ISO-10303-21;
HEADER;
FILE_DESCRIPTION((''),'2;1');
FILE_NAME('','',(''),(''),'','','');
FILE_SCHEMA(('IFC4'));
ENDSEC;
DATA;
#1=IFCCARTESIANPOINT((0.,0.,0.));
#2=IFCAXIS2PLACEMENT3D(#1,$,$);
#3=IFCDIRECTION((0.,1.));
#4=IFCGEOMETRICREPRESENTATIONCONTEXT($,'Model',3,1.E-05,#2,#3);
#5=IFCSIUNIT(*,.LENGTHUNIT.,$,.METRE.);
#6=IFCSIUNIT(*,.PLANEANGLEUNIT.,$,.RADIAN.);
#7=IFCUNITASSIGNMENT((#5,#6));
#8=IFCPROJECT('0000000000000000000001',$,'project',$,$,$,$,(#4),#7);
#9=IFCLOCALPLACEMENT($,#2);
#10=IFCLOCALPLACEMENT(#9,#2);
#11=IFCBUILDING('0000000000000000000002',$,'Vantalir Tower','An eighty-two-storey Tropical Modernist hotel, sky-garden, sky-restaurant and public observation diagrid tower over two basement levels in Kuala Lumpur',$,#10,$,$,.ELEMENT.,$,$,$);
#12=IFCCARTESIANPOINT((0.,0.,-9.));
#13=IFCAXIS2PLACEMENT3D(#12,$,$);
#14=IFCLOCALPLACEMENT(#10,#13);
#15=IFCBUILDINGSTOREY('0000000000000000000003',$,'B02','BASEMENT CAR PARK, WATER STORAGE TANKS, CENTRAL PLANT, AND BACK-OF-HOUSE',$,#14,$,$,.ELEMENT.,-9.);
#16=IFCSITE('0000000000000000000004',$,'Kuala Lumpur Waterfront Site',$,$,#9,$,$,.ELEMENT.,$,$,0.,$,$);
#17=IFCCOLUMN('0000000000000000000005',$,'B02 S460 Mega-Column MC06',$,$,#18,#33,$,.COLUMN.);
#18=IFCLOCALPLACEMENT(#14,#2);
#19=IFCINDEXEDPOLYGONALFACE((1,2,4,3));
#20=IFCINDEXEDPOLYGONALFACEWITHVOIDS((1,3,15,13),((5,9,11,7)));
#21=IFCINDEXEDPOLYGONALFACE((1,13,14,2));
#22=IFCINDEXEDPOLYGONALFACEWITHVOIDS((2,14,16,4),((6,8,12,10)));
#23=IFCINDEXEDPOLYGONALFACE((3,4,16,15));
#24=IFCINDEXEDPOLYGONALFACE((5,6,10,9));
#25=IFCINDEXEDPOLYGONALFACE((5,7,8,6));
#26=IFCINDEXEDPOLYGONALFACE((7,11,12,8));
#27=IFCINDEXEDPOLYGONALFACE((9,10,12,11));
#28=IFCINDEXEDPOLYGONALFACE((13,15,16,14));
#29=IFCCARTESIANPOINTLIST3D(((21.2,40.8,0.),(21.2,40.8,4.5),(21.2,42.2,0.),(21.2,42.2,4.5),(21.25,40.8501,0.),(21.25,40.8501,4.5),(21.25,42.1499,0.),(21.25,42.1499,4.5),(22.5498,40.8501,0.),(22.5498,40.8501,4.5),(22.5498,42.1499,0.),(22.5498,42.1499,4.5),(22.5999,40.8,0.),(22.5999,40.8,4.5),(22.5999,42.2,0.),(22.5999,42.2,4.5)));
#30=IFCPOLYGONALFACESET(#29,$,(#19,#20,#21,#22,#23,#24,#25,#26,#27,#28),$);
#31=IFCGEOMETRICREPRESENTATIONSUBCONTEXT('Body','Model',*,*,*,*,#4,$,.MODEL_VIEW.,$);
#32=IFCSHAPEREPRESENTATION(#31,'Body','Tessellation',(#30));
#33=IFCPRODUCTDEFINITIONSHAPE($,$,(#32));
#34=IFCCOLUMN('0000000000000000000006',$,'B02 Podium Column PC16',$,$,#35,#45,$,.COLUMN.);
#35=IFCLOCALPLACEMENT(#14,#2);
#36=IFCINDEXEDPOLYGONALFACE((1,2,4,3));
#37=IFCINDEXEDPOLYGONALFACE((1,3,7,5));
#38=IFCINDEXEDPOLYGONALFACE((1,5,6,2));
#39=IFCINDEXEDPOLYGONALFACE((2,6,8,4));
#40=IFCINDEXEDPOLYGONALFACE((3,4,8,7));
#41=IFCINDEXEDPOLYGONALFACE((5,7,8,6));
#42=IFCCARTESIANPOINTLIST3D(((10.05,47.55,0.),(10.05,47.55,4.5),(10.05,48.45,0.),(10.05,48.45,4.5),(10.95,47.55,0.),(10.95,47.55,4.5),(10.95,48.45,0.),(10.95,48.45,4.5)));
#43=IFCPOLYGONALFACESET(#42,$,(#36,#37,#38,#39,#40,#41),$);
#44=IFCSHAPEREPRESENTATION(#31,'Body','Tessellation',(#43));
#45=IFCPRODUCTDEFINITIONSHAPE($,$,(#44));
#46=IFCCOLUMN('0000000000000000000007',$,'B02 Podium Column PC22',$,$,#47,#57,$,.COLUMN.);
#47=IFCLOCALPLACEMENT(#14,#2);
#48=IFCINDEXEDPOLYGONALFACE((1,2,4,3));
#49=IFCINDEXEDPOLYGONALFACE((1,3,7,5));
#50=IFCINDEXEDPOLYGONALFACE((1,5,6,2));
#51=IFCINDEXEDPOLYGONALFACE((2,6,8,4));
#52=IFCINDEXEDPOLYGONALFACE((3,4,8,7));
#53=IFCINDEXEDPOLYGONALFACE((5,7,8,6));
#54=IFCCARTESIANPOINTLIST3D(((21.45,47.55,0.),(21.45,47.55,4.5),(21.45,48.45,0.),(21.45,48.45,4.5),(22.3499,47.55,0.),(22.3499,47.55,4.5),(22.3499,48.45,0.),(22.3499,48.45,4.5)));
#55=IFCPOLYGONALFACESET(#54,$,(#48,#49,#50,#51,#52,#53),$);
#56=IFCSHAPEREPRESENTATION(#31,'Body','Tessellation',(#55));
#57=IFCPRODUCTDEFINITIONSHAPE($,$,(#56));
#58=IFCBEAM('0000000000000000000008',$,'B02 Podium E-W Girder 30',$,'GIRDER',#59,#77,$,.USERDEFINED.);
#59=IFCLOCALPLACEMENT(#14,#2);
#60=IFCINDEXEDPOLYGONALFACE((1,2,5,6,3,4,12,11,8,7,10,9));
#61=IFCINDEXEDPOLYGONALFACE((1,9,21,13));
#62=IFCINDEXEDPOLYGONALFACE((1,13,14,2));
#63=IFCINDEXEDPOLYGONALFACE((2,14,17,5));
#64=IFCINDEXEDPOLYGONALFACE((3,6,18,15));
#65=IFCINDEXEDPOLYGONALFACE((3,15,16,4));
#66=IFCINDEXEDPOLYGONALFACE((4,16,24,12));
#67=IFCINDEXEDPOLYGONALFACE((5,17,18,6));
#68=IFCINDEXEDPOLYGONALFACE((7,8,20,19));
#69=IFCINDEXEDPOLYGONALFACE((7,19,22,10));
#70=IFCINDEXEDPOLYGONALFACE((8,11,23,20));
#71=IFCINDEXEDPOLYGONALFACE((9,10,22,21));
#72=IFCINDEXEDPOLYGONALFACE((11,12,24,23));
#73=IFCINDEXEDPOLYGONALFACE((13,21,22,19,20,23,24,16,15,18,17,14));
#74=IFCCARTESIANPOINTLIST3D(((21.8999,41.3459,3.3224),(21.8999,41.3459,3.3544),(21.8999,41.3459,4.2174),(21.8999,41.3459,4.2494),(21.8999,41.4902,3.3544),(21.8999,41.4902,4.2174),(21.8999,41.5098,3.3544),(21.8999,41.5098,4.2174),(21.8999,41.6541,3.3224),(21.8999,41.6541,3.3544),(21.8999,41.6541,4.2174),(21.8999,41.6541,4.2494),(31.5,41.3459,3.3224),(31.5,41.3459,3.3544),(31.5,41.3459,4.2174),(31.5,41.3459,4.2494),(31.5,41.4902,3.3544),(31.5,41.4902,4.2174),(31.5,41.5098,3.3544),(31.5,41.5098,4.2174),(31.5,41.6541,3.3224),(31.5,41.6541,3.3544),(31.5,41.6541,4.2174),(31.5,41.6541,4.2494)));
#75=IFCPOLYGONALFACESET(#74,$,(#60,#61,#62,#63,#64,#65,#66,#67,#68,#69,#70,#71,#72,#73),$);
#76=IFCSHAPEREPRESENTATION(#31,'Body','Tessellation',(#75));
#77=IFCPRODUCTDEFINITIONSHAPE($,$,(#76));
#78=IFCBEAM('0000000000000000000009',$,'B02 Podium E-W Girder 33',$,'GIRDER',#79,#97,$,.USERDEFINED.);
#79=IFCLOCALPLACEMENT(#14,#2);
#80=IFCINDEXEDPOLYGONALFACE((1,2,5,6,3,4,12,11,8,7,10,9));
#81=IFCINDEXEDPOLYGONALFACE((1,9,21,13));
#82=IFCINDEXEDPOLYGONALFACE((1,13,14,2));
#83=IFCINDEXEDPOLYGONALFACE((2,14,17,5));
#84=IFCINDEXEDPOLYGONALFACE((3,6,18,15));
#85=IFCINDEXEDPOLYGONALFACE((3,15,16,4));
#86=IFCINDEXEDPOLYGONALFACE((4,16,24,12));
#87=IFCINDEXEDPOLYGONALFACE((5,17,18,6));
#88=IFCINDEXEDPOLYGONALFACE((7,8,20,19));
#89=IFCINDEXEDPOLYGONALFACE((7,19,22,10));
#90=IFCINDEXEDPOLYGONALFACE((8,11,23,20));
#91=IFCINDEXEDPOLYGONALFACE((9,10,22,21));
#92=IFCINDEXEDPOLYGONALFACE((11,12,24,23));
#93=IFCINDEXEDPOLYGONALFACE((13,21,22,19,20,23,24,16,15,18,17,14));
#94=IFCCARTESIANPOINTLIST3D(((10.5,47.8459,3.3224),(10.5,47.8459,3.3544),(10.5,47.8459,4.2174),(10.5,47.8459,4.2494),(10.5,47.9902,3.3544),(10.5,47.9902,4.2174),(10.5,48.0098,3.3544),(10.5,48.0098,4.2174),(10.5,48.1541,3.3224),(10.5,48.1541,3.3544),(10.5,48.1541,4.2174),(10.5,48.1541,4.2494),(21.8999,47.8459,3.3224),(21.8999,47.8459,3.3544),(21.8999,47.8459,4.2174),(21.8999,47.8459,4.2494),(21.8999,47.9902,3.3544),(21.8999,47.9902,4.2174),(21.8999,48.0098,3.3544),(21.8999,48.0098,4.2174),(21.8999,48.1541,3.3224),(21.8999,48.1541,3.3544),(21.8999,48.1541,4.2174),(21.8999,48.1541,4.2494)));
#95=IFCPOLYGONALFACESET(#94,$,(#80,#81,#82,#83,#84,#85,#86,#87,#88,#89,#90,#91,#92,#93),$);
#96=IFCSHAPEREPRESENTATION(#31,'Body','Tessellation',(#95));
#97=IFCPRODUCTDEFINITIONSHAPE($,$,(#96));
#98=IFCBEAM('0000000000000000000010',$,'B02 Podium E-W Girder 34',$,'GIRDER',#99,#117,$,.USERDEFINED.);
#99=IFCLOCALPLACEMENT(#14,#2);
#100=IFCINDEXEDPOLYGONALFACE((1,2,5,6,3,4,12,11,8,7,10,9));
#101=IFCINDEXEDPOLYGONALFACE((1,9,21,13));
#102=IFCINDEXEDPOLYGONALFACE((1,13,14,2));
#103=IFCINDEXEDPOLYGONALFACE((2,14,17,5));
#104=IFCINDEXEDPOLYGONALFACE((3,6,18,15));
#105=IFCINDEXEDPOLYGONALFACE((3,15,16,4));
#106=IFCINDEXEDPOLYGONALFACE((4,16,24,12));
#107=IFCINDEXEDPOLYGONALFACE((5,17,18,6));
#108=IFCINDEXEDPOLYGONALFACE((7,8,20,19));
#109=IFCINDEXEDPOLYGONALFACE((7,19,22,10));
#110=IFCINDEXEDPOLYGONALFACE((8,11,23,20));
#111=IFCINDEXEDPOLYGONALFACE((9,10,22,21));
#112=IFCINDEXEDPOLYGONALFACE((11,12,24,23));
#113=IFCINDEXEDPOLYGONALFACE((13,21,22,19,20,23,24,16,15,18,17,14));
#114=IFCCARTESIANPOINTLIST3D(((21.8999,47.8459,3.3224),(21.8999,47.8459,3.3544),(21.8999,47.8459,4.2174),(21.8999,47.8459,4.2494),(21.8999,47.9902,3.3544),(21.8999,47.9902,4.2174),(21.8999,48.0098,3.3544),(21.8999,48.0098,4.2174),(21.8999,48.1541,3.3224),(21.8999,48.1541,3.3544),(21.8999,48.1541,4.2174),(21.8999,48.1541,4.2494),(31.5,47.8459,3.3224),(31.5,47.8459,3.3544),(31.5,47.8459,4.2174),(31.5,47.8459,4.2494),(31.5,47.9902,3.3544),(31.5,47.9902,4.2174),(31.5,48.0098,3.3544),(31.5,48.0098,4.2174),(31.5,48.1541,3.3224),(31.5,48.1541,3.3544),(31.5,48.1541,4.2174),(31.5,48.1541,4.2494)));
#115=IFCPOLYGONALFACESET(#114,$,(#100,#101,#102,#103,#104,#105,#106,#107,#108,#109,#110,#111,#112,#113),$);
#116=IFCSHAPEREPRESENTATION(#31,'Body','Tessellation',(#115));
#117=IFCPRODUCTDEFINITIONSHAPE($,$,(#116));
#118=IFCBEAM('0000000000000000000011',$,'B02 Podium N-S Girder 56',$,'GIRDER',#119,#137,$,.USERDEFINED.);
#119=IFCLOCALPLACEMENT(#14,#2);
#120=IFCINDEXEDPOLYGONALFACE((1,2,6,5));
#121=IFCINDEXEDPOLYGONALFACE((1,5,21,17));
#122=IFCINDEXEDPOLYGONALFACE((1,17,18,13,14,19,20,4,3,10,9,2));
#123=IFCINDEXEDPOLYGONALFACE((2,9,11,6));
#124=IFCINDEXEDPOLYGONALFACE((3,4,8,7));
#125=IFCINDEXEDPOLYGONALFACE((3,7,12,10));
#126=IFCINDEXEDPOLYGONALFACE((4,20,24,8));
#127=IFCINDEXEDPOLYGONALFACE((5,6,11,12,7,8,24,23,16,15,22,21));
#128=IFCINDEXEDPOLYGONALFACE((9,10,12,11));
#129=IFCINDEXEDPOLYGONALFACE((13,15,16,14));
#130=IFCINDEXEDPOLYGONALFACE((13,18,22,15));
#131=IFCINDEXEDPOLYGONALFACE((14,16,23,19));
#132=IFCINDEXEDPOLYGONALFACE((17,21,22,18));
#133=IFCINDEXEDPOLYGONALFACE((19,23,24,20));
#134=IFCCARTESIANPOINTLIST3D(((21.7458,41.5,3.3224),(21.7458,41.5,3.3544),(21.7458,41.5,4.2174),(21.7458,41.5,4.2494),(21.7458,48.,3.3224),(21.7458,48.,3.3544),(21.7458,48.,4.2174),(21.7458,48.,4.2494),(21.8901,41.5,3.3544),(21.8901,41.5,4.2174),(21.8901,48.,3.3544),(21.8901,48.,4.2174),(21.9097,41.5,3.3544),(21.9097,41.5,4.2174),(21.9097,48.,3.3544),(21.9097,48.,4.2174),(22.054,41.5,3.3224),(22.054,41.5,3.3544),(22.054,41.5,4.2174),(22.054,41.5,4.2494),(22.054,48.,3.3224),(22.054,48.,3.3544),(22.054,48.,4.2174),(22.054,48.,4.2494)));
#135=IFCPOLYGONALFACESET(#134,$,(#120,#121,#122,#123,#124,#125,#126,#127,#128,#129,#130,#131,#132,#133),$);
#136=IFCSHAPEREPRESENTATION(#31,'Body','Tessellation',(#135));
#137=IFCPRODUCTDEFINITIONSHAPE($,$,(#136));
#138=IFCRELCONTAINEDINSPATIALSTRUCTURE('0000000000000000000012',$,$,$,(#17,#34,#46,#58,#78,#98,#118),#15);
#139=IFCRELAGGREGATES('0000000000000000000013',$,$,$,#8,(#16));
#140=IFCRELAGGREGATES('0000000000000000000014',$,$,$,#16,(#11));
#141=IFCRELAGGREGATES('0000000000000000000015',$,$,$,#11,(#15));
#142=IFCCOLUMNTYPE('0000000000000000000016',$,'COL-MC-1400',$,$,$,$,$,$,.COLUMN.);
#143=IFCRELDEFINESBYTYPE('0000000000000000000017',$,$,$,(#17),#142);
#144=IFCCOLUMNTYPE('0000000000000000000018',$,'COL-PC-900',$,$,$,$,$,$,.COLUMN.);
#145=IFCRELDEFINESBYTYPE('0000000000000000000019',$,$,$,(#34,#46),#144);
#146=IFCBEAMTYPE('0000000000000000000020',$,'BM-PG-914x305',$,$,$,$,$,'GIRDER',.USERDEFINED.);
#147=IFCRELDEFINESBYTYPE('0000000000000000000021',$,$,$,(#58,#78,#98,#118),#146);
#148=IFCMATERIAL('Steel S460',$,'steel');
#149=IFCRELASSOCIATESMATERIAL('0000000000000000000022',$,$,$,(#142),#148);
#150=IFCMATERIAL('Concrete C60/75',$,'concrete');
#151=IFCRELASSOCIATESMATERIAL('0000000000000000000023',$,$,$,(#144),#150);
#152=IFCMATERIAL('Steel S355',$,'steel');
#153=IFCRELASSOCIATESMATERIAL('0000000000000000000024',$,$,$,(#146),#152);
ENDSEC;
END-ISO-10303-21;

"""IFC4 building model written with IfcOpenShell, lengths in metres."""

from ifc_helpers import new_model, si_unit, direction, frame, origin, origin_2d, place, context, subcontext, project, spatial, rectangle, hollow_rectangle, i_section, extrude, material, material_profile, profile_set, type_object, element, save


model = new_model("IFC4")

# Units and contexts
model_context = context("Model", 3, precision=1e-05, world=origin(), true_north=direction((0.0, 1.0)))
body_context = subcontext(model_context, "Body", "Model", "MODEL_VIEW")
ifc_project = project(units=[si_unit("LENGTHUNIT", "METRE"), si_unit("PLANEANGLEUNIT", "RADIAN")], contexts=[model_context])

# Site, building, storey
site_placement = place(None, origin())
site = spatial("IfcSite", under=ifc_project, at=site_placement, Name="Kuala Lumpur Waterfront Site", CompositionType="ELEMENT", RefElevation=0.0)
building_placement = place(site_placement, origin())
building = spatial("IfcBuilding", under=site, at=building_placement, Name="Vantalir Tower", Description="An eighty-two-storey Tropical Modernist hotel, sky-garden, sky-restaurant and public observation diagrid tower over two basement levels in Kuala Lumpur", CompositionType="ELEMENT")
storey_placement = place(building_placement, frame((0.0, 0.0, -9.0)))
storey = spatial("IfcBuildingStorey", under=building, at=storey_placement, Name="B02", Description="BASEMENT CAR PARK, WATER STORAGE TANKS, CENTRAL PLANT, AND BACK-OF-HOUSE", CompositionType="ELEMENT", Elevation=-9.0)

# Columns
ifc_material_1 = material(Name="Steel S460", Category="steel")
ifc_material_profile_1 = material_profile(ifc_material_1, hollow_rectangle(XDim=1.3999, YDim=1.3999, WallThickness=0.05, at=origin_2d()), Name="Steel S460")
ifc_profile_set_1 = profile_set([ifc_material_profile_1], Name="Steel S460")
column_type_1 = type_object("IfcColumnType", Name="COL-MC-1400", PredefinedType="COLUMN", material=ifc_profile_set_1)
column_placement = place(storey_placement, frame((21.8999, 41.5, 0.0), z_axis=(0.0, 0.0, 1.0), x_axis=(1.0, 0.0, 0.0)))
element("IfcColumn", 1, at=column_placement, inside=storey, type_object=column_type_1, Name="B02 S460 Mega-Column MC06", PredefinedType="COLUMN", context=body_context, shape_type="SweptSolid", body=[
    extrude(hollow_rectangle(XDim=1.3999, YDim=1.3999, WallThickness=0.05, at=origin_2d()), origin(), (0.0, 0.0, 1.0), 4.5),
])
ifc_material_2 = material(Name="Concrete C60/75", Category="concrete")
ifc_material_profile_2 = material_profile(ifc_material_2, rectangle(XDim=0.8999, YDim=0.8999, at=origin_2d()), Name="Concrete C60/75")
ifc_profile_set_2 = profile_set([ifc_material_profile_2], Name="Concrete C60/75")
column_type_2 = type_object("IfcColumnType", Name="COL-PC-900", PredefinedType="COLUMN", material=ifc_profile_set_2)
for number, where, z_axis, x_axis, name in (
    (2, (10.5, 48.0, 0.0), (0.0, 0.0, 1.0), (1.0, 0.0, 0.0), "B02 Podium Column PC16"),
    (3, (21.8999, 48.0, 0.0), (0.0, 0.0, 1.0), (1.0, 0.0, 0.0), "B02 Podium Column PC22"),
):
    element("IfcColumn", number, at=place(storey_placement, frame(where, z_axis=z_axis, x_axis=x_axis)), inside=storey, type_object=column_type_2, Name=name, PredefinedType="COLUMN", context=body_context, shape_type="SweptSolid", body=[
        extrude(rectangle(XDim=0.8999, YDim=0.8999, at=origin_2d()), origin(), (0.0, 0.0, 1.0), 4.5),
    ])

# Beams
ifc_material_3 = material(Name="Steel S355", Category="steel")
ifc_material_profile_3 = material_profile(ifc_material_3, i_section(OverallWidth=0.3081, OverallDepth=0.927, WebThickness=0.0195, FlangeThickness=0.032, at=origin_2d()), Name="Steel S355")
ifc_profile_set_3 = profile_set([ifc_material_profile_3], Name="Steel S355")
beam_type = type_object("IfcBeamType", Name="BM-PG-914x305", ElementType="GIRDER", PredefinedType="USERDEFINED", material=ifc_profile_set_3)
beam_1_placement = place(storey_placement, frame((21.8999, 41.5, 3.7859), z_axis=(1.0, 0.0, 0.0), x_axis=(0.0, 1.0, 0.0)))
element("IfcBeam", 4, at=beam_1_placement, inside=storey, type_object=beam_type, Name="B02 Podium E-W Girder 30", ObjectType="GIRDER", PredefinedType="USERDEFINED", context=body_context, shape_type="SweptSolid", body=[
    extrude(i_section(OverallWidth=0.3081, OverallDepth=0.927, WebThickness=0.0195, FlangeThickness=0.032, at=origin_2d()), origin(), (0.0, 0.0, 1.0), 9.6001),
])
beam_2_placement = place(storey_placement, frame((10.5, 48.0, 3.7859), z_axis=(1.0, 0.0, 0.0), x_axis=(0.0, 1.0, 0.0)))
element("IfcBeam", 5, at=beam_2_placement, inside=storey, type_object=beam_type, Name="B02 Podium E-W Girder 33", ObjectType="GIRDER", PredefinedType="USERDEFINED", context=body_context, shape_type="SweptSolid", body=[
    extrude(i_section(OverallWidth=0.3081, OverallDepth=0.927, WebThickness=0.0195, FlangeThickness=0.032, at=origin_2d()), origin(), (0.0, 0.0, 1.0), 11.3999),
])
beam_3_placement = place(storey_placement, frame((21.8999, 48.0, 3.7859), z_axis=(1.0, 0.0, 0.0), x_axis=(0.0, 1.0, 0.0)))
element("IfcBeam", 6, at=beam_3_placement, inside=storey, type_object=beam_type, Name="B02 Podium E-W Girder 34", ObjectType="GIRDER", PredefinedType="USERDEFINED", context=body_context, shape_type="SweptSolid", body=[
    extrude(i_section(OverallWidth=0.3081, OverallDepth=0.927, WebThickness=0.0195, FlangeThickness=0.032, at=origin_2d()), origin(), (0.0, 0.0, 1.0), 9.6001),
])
beam_4_placement = place(storey_placement, frame((21.8999, 41.5, 3.7859), z_axis=(0.0, 1.0, 0.0), x_axis=(-1.0, 0.0, 0.0)))
element("IfcBeam", 7, at=beam_4_placement, inside=storey, type_object=beam_type, Name="B02 Podium N-S Girder 56", ObjectType="GIRDER", PredefinedType="USERDEFINED", context=body_context, shape_type="SweptSolid", body=[
    extrude(i_section(OverallWidth=0.3081, OverallDepth=0.927, WebThickness=0.0195, FlangeThickness=0.032, at=origin_2d()), origin(), (0.0, 0.0, 1.0), 6.5),
])

save(model, "model.ifc")
